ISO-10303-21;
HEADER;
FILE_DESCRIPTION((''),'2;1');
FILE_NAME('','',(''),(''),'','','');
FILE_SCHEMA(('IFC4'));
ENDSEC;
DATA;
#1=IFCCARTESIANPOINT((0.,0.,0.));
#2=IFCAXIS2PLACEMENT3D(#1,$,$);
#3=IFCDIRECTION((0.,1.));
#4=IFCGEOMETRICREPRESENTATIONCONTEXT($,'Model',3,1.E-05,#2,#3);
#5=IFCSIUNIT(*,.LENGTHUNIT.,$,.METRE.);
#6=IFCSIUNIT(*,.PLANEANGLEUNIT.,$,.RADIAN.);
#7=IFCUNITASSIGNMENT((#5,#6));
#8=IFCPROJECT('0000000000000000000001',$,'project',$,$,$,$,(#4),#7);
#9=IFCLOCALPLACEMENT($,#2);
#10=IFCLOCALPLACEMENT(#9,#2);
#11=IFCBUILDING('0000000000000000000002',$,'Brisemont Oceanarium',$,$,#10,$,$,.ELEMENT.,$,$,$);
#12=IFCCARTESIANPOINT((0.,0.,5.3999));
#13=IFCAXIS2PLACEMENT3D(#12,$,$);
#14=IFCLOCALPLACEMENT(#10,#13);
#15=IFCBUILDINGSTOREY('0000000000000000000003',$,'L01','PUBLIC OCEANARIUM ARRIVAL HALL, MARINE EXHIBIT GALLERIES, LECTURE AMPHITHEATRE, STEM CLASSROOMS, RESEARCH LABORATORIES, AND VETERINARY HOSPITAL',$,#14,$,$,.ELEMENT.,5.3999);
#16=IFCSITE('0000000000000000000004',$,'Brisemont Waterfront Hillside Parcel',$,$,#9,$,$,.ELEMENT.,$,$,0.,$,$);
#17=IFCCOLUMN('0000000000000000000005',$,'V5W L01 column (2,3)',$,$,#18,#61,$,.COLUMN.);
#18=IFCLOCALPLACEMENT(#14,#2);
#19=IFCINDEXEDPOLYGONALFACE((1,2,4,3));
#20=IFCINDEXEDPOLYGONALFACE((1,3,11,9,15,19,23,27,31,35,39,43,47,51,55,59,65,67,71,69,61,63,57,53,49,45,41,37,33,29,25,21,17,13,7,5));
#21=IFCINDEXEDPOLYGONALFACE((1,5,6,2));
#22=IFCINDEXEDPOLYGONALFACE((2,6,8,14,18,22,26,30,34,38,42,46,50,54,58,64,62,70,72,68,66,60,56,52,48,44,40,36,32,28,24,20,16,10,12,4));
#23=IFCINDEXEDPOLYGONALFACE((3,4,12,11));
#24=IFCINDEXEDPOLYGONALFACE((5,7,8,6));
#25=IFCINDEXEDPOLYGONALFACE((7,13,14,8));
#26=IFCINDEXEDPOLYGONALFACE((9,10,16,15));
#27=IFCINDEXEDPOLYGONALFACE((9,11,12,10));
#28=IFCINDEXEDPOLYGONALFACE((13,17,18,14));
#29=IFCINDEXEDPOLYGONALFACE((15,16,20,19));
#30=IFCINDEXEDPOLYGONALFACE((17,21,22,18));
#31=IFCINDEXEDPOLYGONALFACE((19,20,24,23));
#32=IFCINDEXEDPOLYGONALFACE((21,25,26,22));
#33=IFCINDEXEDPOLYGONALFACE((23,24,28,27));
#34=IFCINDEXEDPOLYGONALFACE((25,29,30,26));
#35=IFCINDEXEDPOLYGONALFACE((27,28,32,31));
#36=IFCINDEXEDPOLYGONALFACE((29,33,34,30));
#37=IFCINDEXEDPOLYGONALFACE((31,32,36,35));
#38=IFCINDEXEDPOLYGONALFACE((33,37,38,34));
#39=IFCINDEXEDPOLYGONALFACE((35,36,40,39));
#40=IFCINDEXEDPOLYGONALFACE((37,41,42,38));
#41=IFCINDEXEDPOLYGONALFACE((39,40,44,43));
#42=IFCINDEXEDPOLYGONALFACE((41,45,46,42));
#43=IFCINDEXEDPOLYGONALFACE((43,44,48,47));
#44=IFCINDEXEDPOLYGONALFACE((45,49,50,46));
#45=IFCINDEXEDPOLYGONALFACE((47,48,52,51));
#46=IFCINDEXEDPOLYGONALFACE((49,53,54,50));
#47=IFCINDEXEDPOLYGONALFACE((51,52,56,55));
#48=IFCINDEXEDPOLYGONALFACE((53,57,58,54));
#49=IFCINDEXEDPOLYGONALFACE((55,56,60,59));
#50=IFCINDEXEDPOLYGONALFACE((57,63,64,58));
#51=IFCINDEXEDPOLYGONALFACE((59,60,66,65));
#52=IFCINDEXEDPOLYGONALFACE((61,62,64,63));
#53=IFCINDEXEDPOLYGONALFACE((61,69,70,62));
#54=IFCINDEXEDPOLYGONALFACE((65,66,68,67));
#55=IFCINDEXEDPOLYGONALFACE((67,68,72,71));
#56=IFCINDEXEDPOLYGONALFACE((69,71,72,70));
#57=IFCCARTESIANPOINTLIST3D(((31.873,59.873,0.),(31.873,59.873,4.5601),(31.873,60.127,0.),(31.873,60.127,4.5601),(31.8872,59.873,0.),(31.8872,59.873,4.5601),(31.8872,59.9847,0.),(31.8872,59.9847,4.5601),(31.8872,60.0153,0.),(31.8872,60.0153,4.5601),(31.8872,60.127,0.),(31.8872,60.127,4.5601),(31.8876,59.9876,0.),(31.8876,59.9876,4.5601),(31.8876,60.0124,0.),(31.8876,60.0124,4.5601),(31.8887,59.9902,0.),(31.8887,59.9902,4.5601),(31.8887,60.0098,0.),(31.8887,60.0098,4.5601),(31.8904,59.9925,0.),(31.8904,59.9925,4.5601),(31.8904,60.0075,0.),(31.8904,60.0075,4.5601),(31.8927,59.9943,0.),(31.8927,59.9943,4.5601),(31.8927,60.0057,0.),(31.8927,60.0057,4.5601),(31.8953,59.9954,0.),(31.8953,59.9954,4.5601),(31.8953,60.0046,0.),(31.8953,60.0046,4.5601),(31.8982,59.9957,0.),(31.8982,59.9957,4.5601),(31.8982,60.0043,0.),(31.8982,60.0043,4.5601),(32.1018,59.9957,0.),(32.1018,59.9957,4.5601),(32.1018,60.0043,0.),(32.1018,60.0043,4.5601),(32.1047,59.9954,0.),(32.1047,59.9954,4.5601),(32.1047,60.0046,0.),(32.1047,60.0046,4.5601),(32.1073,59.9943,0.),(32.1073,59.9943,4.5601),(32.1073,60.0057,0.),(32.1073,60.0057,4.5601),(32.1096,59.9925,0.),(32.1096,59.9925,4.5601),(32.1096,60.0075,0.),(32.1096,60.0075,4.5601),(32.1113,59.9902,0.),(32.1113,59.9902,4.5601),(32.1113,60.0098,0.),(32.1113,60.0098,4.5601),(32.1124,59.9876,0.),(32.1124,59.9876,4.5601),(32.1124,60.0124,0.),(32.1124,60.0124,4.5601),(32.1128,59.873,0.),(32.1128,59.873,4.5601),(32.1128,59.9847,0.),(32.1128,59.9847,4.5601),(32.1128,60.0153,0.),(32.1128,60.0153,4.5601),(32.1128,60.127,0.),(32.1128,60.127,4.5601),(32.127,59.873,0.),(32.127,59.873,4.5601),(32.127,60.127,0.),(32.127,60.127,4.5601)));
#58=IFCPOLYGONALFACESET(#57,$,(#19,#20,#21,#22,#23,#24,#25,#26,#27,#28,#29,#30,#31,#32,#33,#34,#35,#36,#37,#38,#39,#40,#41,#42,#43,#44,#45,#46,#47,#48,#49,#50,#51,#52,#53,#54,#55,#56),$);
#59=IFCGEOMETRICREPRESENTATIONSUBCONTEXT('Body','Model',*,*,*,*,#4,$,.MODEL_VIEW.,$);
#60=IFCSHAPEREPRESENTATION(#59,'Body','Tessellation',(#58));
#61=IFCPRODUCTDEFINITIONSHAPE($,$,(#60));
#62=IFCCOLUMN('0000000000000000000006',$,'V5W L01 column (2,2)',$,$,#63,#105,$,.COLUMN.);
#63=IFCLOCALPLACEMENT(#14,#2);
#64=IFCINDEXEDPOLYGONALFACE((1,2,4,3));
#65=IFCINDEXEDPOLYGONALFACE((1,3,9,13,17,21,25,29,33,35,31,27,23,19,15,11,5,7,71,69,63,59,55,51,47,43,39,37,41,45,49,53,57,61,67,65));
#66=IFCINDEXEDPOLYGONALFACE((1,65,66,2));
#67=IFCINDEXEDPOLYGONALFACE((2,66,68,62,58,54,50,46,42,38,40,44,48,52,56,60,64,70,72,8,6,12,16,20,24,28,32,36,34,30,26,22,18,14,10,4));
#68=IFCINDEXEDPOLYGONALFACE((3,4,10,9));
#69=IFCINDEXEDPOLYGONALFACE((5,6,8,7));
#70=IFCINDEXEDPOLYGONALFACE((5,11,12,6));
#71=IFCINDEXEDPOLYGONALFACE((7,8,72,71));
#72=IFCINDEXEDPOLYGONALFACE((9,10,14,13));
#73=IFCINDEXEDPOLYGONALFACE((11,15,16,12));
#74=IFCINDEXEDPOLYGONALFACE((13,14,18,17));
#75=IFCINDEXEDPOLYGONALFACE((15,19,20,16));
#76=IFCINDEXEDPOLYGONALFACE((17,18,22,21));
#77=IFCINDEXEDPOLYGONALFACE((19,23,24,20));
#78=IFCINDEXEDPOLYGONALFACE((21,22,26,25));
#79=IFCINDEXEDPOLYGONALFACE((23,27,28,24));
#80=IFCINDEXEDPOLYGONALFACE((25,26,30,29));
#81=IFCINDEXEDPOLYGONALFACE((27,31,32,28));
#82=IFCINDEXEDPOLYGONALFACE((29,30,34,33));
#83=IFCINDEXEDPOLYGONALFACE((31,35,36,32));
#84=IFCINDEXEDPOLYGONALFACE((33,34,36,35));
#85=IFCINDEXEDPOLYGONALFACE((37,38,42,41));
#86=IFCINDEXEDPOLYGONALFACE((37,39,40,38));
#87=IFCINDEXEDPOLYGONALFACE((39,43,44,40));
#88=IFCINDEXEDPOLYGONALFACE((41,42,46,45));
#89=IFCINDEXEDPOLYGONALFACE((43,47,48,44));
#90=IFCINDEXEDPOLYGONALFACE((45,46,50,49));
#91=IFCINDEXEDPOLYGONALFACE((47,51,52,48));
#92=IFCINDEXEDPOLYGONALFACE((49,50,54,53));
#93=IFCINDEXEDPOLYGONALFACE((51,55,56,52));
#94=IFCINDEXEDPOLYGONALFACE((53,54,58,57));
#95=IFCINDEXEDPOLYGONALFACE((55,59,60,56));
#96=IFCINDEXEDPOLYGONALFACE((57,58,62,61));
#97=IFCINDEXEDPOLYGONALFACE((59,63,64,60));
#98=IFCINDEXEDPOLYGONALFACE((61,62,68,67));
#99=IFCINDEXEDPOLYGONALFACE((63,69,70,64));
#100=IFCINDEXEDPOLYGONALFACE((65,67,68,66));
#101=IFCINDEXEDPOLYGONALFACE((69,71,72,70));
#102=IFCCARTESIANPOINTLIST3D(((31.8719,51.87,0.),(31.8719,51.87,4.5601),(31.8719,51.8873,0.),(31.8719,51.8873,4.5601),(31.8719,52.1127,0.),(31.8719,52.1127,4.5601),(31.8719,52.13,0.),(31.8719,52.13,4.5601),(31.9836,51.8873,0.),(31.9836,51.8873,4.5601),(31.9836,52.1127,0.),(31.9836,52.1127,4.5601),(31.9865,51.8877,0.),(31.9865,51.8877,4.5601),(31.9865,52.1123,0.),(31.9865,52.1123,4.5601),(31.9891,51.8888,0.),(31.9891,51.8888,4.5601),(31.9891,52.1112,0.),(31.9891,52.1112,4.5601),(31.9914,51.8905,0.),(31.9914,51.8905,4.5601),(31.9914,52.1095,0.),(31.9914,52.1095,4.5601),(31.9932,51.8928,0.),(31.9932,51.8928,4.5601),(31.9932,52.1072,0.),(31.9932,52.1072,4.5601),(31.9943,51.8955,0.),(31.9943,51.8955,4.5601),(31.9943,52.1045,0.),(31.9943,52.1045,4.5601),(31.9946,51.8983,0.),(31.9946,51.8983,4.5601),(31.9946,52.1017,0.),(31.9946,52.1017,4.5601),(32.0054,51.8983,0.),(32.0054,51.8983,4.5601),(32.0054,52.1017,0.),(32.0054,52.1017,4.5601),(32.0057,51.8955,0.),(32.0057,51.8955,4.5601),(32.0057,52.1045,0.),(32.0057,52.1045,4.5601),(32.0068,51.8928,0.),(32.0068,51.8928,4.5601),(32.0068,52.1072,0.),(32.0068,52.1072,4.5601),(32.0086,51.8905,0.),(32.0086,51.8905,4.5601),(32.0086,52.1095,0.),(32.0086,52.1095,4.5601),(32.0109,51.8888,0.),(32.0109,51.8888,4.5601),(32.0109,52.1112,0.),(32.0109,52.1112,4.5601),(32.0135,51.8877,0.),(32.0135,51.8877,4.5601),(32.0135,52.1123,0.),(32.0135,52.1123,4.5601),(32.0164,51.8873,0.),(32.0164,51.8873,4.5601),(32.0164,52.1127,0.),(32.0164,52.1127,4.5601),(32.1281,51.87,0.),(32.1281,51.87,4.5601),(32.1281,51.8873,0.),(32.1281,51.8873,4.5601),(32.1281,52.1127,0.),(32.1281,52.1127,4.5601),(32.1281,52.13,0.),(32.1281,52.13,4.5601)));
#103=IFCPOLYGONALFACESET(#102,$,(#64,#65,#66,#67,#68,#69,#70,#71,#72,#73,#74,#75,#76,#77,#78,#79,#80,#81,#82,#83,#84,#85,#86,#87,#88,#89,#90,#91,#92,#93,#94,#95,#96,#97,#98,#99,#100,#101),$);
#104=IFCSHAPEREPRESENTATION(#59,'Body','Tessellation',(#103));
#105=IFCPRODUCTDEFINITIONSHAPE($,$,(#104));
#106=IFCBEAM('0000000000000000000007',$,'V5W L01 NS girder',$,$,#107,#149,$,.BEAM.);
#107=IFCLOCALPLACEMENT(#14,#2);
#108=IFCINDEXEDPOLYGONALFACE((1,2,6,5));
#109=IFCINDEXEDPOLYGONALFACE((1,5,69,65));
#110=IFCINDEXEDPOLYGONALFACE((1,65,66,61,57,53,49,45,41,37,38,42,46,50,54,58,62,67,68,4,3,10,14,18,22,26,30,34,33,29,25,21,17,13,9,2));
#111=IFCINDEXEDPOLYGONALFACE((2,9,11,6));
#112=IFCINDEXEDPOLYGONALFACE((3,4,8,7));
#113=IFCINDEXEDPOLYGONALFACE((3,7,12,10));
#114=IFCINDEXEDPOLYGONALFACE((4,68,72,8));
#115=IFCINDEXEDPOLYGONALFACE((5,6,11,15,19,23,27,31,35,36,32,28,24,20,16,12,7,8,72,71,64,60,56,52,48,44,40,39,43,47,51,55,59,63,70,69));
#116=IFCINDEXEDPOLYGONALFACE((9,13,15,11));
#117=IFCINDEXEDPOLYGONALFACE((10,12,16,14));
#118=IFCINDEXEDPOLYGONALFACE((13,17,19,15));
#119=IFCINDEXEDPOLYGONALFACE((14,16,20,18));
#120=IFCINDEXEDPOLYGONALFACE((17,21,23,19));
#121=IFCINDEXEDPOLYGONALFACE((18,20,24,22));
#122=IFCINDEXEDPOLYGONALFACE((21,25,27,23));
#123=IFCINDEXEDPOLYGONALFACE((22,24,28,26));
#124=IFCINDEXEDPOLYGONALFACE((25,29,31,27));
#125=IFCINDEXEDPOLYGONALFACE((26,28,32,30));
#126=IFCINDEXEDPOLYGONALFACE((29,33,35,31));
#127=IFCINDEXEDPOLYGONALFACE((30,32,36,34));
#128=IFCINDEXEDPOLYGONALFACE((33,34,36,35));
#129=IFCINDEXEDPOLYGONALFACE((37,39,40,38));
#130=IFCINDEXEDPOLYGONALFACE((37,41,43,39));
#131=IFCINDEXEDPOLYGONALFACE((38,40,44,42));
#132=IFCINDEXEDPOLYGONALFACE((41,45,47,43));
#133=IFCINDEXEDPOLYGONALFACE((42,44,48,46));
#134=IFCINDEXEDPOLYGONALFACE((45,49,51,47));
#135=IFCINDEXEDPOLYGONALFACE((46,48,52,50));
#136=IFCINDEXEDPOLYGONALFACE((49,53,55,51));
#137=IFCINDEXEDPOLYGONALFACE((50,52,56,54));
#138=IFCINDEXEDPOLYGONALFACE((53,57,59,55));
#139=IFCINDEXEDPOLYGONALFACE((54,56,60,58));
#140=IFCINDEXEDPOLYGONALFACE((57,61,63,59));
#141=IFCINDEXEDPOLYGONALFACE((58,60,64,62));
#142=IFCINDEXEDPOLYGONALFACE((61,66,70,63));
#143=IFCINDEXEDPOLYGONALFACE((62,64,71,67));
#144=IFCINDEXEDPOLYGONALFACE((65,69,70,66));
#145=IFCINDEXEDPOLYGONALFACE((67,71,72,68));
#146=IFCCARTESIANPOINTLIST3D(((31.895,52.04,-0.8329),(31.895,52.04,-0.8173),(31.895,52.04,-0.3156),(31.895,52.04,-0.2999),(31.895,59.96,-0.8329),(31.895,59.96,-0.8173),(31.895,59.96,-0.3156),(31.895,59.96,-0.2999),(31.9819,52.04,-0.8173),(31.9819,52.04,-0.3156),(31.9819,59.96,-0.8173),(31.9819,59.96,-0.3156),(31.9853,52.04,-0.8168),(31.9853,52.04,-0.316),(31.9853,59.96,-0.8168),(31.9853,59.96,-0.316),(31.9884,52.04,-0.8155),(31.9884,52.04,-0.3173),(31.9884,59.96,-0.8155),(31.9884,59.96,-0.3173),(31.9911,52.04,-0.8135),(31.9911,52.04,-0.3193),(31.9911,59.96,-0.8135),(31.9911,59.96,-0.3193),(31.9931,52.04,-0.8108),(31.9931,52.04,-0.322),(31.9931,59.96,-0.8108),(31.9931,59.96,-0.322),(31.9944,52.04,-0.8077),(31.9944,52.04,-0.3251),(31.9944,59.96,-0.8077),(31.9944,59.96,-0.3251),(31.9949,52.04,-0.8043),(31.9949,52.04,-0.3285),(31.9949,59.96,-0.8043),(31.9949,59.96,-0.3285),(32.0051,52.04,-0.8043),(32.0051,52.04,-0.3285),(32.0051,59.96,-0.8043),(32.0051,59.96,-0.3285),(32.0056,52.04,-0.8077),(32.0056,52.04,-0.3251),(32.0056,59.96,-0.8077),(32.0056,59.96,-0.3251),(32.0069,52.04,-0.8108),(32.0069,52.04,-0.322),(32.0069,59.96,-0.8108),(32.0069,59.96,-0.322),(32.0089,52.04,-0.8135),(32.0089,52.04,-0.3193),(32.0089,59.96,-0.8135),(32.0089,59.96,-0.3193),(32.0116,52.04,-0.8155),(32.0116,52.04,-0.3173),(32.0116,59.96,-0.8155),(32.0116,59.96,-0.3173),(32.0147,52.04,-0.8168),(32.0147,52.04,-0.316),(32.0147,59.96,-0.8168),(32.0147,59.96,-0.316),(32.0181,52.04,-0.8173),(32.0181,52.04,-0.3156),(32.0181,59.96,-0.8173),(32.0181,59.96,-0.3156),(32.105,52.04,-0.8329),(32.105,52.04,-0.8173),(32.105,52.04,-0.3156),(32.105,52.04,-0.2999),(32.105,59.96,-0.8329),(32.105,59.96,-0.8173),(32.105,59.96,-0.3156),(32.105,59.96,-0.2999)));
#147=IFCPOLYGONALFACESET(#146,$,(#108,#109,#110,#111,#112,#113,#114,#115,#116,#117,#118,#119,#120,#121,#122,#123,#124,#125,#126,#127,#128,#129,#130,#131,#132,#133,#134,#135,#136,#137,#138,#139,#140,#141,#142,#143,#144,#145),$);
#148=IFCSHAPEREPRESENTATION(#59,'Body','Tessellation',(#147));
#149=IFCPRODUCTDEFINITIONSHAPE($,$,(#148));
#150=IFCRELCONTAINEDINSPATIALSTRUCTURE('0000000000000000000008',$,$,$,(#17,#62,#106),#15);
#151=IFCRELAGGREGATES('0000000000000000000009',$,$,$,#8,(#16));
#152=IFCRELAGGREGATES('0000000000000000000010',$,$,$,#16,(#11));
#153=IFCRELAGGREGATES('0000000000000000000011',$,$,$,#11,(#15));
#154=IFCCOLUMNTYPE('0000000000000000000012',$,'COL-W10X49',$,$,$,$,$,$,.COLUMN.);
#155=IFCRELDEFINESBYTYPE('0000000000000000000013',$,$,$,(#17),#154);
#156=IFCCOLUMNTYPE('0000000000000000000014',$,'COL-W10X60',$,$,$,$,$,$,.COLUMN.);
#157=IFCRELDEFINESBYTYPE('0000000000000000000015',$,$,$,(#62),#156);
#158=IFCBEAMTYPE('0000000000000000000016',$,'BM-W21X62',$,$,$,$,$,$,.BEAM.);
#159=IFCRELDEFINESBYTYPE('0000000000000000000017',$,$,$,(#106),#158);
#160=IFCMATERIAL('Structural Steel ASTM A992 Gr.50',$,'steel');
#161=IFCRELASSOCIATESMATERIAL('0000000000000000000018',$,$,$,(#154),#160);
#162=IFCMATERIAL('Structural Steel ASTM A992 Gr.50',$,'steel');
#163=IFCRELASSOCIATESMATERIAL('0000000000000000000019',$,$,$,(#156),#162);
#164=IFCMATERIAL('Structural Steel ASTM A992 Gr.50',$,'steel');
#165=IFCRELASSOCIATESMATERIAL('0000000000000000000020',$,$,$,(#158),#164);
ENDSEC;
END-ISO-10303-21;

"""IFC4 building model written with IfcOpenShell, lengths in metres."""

from ifc_helpers import new_model, si_unit, direction, frame, origin, origin_2d, place, context, subcontext, project, spatial, i_section, extrude, material, material_profile, profile_set, type_object, element, save


model = new_model("IFC4")

# Units and contexts
model_context = context("Model", 3, precision=1e-05, world=origin(), true_north=direction((0.0, 1.0)))
body_context = subcontext(model_context, "Body", "Model", "MODEL_VIEW")
ifc_project = project(units=[si_unit("LENGTHUNIT", "METRE"), si_unit("PLANEANGLEUNIT", "RADIAN")], contexts=[model_context])

# Site, building, storey
site_placement = place(None, origin())
site = spatial("IfcSite", under=ifc_project, at=site_placement, Name="Brisemont Waterfront Hillside Parcel", CompositionType="ELEMENT", RefElevation=0.0)
building_placement = place(site_placement, origin())
building = spatial("IfcBuilding", under=site, at=building_placement, Name="Brisemont Oceanarium", CompositionType="ELEMENT")
storey_placement = place(building_placement, frame((0.0, 0.0, 5.3999)))
storey = spatial("IfcBuildingStorey", under=building, at=storey_placement, Name="L01", Description="PUBLIC OCEANARIUM ARRIVAL HALL, MARINE EXHIBIT GALLERIES, LECTURE AMPHITHEATRE, STEM CLASSROOMS, RESEARCH LABORATORIES, AND VETERINARY HOSPITAL", CompositionType="ELEMENT", Elevation=5.3999)

# Columns
ifc_material_1 = material(Name="Structural Steel ASTM A992 Gr.50", Category="steel")
ifc_material_profile_1 = material_profile(ifc_material_1, i_section(OverallWidth=0.2539, OverallDepth=0.2539, WebThickness=0.0085, FlangeThickness=0.0142, FilletRadius=0.011, at=origin_2d()), Name="W10X49")
ifc_profile_set_1 = profile_set([ifc_material_profile_1], Name="Structural Steel ASTM A992 Gr.50")
column_type_1 = type_object("IfcColumnType", Name="COL-W10X49", PredefinedType="COLUMN", material=ifc_profile_set_1)
column_1_placement = place(storey_placement, frame((32.0, 60.0, 0.0), z_axis=(0.0, 0.0, 1.0), x_axis=(0.0, 1.0, 0.0)))
element("IfcColumn", 1, at=column_1_placement, inside=storey, type_object=column_type_1, Name="V5W L01 column (2,3)", PredefinedType="COLUMN", context=body_context, shape_type="SweptSolid", body=[
    extrude(i_section(OverallWidth=0.2539, OverallDepth=0.2539, WebThickness=0.0085, FlangeThickness=0.0142, FilletRadius=0.011, at=origin_2d()), origin(), (0.0, 0.0, 1.0), 4.5601),
])
ifc_material_2 = material(Name="Structural Steel ASTM A992 Gr.50", Category="steel")
ifc_material_profile_2 = material_profile(ifc_material_2, i_section(OverallWidth=0.2561, OverallDepth=0.26, WebThickness=0.0107, FlangeThickness=0.0173, FilletRadius=0.011, at=origin_2d()), Name="W10X60")
ifc_profile_set_2 = profile_set([ifc_material_profile_2], Name="Structural Steel ASTM A992 Gr.50")
column_type_2 = type_object("IfcColumnType", Name="COL-W10X60", PredefinedType="COLUMN", material=ifc_profile_set_2)
column_2_placement = place(storey_placement, frame((32.0, 52.0, 0.0), z_axis=(0.0, 0.0, 1.0), x_axis=(1.0, 0.0, 0.0)))
element("IfcColumn", 2, at=column_2_placement, inside=storey, type_object=column_type_2, Name="V5W L01 column (2,2)", PredefinedType="COLUMN", context=body_context, shape_type="SweptSolid", body=[
    extrude(i_section(OverallWidth=0.2561, OverallDepth=0.26, WebThickness=0.0107, FlangeThickness=0.0173, FilletRadius=0.011, at=origin_2d()), origin(), (0.0, 0.0, 1.0), 4.5601),
])

# Beam
ifc_material_3 = material(Name="Structural Steel ASTM A992 Gr.50", Category="steel")
ifc_material_profile_3 = material_profile(ifc_material_3, i_section(OverallWidth=0.21, OverallDepth=0.533, WebThickness=0.0103, FlangeThickness=0.0156, FilletRadius=0.0129, at=origin_2d()), Name="W21X62")
ifc_profile_set_3 = profile_set([ifc_material_profile_3], Name="Structural Steel ASTM A992 Gr.50")
beam_type_1 = type_object("IfcBeamType", Name="BM-W21X62", PredefinedType="BEAM", material=ifc_profile_set_3)
beam_1_placement = place(storey_placement, frame((32.0, 52.04, -0.5664), z_axis=(0.0, 1.0, 0.0), x_axis=(-1.0, 0.0, 0.0)))
element("IfcBeam", 3, at=beam_1_placement, inside=storey, type_object=beam_type_1, Name="V5W L01 NS girder", PredefinedType="BEAM", context=body_context, shape_type="SweptSolid", body=[
    extrude(i_section(OverallWidth=0.21, OverallDepth=0.533, WebThickness=0.0103, FlangeThickness=0.0156, FilletRadius=0.0129, at=origin_2d()), origin(), (0.0, 0.0, 1.0), 7.9199),
])

save(model, "model.ifc")
